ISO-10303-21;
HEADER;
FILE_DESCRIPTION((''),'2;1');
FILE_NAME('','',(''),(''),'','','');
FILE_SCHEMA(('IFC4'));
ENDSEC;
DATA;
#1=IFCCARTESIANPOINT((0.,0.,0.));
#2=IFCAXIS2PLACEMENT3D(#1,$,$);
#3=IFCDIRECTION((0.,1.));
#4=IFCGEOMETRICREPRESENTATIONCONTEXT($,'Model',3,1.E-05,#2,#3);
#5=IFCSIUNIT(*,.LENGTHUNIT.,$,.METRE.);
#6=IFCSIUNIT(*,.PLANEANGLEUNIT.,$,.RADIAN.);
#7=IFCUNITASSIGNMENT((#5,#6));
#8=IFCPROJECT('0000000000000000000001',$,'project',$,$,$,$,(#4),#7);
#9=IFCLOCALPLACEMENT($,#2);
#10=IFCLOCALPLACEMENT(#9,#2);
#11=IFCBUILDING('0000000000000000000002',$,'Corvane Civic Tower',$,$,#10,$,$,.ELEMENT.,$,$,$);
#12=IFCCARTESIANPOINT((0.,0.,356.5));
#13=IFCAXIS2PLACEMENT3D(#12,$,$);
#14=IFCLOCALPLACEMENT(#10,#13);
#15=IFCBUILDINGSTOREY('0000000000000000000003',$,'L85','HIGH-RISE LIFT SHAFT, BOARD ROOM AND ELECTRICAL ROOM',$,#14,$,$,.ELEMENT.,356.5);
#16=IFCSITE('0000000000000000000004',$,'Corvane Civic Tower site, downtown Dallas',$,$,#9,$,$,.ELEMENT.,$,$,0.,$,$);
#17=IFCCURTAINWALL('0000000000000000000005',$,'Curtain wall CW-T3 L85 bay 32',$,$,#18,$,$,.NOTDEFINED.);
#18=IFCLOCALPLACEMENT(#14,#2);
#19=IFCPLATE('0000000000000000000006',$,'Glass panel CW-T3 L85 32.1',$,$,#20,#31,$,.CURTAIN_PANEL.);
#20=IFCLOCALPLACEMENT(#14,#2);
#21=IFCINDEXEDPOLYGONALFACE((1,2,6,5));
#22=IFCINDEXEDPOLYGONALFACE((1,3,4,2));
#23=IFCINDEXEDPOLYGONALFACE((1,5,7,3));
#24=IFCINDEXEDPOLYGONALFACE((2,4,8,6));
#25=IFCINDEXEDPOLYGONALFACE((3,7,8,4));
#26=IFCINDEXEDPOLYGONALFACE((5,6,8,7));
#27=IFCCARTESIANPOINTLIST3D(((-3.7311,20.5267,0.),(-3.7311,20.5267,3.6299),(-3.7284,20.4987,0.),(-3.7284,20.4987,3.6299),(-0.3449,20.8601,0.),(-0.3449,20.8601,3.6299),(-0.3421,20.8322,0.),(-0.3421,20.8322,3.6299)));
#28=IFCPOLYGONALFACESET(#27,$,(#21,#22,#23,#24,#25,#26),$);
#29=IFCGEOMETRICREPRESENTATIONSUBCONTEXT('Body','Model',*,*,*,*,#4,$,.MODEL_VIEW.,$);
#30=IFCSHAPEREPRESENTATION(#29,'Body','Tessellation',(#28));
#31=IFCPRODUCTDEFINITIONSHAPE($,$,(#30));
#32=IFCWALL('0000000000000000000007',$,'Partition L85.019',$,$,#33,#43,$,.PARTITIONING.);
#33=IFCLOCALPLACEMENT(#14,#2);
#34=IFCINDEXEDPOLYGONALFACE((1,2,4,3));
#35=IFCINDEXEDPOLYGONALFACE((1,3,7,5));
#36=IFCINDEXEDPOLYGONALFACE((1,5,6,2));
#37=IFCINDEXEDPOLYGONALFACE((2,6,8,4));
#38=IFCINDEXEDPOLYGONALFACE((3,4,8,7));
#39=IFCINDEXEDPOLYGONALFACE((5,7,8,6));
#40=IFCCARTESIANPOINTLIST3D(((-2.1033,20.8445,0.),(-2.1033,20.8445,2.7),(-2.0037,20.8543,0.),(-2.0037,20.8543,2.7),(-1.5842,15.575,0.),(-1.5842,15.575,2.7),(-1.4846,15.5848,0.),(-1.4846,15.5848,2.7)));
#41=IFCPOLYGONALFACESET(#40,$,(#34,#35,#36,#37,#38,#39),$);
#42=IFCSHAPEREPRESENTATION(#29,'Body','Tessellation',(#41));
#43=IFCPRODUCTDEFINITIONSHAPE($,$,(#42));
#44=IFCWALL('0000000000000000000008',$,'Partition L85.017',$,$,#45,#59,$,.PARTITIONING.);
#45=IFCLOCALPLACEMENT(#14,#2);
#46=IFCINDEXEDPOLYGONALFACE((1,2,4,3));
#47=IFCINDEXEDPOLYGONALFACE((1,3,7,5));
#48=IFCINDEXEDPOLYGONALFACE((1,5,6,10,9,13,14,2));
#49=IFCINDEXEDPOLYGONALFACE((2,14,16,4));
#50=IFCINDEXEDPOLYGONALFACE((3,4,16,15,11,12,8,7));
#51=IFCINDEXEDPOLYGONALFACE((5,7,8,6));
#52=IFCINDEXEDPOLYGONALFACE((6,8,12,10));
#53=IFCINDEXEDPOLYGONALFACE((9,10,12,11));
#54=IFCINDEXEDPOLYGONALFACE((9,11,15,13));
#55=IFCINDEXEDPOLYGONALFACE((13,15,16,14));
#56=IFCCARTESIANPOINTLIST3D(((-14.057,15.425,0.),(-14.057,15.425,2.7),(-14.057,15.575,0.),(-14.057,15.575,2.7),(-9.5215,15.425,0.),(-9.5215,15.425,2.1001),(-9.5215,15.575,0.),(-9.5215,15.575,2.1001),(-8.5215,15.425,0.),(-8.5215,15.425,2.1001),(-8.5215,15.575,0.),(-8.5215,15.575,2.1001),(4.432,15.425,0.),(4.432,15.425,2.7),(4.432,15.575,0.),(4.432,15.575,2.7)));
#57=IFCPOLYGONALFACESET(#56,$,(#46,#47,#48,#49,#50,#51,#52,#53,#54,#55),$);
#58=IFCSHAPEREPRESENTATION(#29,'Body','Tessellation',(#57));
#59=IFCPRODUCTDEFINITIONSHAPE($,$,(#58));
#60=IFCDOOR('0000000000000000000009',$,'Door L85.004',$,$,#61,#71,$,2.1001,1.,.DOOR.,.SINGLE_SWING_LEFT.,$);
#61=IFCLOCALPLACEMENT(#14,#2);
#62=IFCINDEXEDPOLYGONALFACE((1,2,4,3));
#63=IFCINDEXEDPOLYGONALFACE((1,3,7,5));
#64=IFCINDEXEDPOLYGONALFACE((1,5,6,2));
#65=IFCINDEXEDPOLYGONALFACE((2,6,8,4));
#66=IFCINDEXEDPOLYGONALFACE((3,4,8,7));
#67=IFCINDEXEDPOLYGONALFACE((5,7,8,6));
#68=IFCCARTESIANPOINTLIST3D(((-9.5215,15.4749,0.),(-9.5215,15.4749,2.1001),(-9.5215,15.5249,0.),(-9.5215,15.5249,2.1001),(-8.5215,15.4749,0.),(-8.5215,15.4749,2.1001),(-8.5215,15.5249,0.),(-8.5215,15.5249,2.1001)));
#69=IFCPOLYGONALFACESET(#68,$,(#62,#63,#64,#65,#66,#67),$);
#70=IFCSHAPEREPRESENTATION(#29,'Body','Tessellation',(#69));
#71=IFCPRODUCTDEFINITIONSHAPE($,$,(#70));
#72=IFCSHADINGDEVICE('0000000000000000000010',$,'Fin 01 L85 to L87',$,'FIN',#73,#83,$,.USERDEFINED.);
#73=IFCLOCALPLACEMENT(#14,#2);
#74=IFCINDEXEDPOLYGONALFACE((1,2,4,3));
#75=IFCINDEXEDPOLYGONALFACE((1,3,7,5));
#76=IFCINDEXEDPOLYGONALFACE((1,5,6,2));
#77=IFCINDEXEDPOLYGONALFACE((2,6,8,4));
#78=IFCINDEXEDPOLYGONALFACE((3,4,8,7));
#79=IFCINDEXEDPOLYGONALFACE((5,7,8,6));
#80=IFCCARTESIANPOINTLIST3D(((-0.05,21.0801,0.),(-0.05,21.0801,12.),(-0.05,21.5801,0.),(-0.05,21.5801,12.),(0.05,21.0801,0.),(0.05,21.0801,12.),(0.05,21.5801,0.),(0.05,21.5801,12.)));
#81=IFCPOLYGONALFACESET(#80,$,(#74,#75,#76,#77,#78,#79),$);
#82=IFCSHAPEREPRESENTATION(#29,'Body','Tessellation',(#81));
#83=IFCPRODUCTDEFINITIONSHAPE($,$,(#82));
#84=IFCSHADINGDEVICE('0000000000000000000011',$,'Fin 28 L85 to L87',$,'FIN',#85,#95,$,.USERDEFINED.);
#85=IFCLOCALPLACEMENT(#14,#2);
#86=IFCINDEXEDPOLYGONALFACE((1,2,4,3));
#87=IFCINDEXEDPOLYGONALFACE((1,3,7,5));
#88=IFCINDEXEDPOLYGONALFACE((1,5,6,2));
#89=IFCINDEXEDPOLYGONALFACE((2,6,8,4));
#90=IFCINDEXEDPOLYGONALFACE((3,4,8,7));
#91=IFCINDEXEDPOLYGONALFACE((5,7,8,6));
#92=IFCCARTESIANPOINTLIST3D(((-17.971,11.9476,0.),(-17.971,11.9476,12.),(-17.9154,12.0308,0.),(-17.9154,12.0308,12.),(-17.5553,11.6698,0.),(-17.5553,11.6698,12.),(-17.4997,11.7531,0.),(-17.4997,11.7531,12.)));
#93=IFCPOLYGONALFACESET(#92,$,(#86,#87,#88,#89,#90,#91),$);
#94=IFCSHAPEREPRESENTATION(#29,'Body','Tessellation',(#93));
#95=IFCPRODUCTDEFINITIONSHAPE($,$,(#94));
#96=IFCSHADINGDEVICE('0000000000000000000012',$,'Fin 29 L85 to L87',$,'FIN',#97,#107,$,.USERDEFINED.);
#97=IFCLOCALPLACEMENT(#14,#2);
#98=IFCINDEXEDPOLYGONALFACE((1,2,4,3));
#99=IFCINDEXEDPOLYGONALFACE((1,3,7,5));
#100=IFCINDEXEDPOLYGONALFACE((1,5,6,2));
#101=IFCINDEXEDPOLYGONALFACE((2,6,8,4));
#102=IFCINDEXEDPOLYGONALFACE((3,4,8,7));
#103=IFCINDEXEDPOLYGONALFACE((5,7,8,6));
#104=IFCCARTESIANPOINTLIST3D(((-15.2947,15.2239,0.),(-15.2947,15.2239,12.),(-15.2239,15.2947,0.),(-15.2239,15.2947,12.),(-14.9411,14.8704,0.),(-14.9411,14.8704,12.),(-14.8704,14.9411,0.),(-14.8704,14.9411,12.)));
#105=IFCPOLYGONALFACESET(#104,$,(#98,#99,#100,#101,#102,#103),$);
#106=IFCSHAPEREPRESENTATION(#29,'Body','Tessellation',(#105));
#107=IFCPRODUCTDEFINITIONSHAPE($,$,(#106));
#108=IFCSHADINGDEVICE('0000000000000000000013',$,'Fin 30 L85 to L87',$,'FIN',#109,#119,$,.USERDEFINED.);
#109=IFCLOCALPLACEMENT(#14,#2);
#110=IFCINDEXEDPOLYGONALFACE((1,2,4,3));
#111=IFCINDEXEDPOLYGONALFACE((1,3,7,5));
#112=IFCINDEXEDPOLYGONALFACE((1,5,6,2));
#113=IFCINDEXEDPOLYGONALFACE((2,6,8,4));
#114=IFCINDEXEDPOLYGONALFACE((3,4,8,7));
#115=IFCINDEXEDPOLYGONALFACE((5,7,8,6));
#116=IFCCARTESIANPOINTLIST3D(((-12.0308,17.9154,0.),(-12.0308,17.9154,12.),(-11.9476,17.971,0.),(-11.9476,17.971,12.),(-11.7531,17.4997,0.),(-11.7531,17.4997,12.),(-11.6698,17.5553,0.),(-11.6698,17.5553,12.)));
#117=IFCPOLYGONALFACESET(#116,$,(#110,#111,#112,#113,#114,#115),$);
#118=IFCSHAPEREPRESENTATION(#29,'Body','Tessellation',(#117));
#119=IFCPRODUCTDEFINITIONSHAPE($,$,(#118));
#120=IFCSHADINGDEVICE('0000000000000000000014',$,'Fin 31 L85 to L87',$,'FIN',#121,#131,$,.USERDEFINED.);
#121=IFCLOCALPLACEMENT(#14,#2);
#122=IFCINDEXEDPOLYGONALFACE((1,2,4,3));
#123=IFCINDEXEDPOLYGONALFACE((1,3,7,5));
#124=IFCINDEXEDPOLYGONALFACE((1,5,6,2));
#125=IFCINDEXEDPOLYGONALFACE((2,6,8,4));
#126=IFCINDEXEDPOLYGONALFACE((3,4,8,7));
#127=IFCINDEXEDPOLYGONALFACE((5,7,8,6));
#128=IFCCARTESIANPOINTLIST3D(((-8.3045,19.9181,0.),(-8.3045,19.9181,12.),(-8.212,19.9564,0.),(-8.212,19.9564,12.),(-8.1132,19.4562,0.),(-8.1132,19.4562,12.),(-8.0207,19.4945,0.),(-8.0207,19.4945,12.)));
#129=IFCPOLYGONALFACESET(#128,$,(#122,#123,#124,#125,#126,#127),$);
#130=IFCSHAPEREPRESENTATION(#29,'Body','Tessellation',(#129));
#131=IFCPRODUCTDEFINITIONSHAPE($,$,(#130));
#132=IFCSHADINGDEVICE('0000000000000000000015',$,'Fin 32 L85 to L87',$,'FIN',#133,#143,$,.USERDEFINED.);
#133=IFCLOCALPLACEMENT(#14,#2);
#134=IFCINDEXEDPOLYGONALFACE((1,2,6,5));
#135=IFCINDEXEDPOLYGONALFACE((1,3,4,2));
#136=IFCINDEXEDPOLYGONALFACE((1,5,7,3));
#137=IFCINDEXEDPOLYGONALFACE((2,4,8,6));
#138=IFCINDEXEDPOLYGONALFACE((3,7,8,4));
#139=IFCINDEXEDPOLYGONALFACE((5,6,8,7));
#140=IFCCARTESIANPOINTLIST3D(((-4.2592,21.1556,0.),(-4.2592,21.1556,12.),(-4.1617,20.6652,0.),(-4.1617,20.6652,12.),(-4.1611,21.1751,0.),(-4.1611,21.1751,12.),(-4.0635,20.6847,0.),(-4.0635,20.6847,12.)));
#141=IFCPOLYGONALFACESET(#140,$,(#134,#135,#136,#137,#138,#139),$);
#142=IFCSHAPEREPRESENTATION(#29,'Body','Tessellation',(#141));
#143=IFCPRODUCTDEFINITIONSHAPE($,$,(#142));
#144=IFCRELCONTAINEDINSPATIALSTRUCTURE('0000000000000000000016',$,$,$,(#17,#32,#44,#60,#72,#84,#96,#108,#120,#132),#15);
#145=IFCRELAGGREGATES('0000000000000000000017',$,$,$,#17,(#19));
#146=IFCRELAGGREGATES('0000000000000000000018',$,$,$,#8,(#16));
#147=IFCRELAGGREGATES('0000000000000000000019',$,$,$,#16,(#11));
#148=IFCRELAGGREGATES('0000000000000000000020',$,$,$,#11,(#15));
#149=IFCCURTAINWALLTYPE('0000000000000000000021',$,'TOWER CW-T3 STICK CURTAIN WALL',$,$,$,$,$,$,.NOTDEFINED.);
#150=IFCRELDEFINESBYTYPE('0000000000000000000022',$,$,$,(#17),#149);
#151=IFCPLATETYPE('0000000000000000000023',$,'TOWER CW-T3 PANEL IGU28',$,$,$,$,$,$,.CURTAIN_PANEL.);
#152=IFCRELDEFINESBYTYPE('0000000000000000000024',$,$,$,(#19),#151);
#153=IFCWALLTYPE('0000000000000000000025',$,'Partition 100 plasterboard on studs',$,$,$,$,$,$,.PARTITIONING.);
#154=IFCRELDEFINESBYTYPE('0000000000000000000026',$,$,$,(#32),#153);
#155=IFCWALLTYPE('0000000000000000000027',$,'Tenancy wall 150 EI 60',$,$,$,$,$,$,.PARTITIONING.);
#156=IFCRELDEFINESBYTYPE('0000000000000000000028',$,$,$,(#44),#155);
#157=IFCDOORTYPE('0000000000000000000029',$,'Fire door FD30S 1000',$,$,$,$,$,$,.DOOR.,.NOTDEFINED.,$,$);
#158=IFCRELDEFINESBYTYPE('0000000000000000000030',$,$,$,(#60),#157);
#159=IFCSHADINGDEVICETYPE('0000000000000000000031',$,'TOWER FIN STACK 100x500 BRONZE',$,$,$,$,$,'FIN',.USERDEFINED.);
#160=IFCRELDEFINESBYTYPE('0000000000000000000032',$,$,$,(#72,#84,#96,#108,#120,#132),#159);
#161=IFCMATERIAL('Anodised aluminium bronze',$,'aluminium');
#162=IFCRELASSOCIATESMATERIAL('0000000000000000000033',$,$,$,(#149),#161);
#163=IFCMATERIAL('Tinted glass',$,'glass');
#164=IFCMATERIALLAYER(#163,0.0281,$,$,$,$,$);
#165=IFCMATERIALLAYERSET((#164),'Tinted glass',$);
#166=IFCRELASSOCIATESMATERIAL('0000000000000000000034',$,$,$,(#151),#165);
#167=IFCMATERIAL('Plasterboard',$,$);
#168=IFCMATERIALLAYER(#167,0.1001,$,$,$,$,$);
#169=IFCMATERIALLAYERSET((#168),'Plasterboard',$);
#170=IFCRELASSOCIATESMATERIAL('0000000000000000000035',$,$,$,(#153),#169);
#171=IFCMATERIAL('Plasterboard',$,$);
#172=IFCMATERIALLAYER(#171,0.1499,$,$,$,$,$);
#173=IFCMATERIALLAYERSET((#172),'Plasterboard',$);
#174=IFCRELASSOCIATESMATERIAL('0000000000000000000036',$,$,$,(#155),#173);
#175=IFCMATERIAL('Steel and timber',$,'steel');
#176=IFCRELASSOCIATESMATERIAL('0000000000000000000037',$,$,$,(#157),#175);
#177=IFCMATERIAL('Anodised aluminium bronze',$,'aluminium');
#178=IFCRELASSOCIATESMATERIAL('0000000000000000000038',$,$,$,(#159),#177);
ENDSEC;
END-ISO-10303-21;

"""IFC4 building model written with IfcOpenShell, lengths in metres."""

from ifc_helpers import new_model, si_unit, direction, frame, frame_2d, origin, origin_2d, place, context, subcontext, project, spatial, rectangle, extrude, material, layer, layer_set, material_profile, profile_set, type_object, element, fill, aggregate, save


model = new_model("IFC4")

# Units and contexts
model_context = context("Model", 3, precision=1e-05, world=origin(), true_north=direction((0.0, 1.0)))
body_context = subcontext(model_context, "Body", "Model", "MODEL_VIEW")
ifc_project = project(units=[si_unit("LENGTHUNIT", "METRE"), si_unit("PLANEANGLEUNIT", "RADIAN")], contexts=[model_context])

# Site, building, storey
site_placement = place(None, origin())
site = spatial("IfcSite", under=ifc_project, at=site_placement, Name="Corvane Civic Tower site, downtown Dallas", CompositionType="ELEMENT", RefElevation=0.0)
building_placement = place(site_placement, origin())
building = spatial("IfcBuilding", under=site, at=building_placement, Name="Corvane Civic Tower", CompositionType="ELEMENT")
storey_placement = place(building_placement, frame((0.0, 0.0, 356.5)))
storey = spatial("IfcBuildingStorey", under=building, at=storey_placement, Name="L85", Description="HIGH-RISE LIFT SHAFT, BOARD ROOM AND ELECTRICAL ROOM", CompositionType="ELEMENT", Elevation=356.5)

# Curtain wall
ifc_material_1 = material(Name="Anodised aluminium bronze", Category="aluminium")
curtain_wall_type = type_object("IfcCurtainWallType", Name="TOWER CW-T3 STICK CURTAIN WALL", PredefinedType="NOTDEFINED", material=ifc_material_1)
curtain_wall_1_placement = place(storey_placement, origin())
curtain_wall_1 = element("IfcCurtainWall", 1, at=curtain_wall_1_placement, inside=storey, type_object=curtain_wall_type, Name="Curtain wall CW-T3 L85 bay 32", PredefinedType="NOTDEFINED")

# Plate
ifc_material_2 = material(Name="Tinted glass", Category="glass")
ifc_layer_1 = layer(ifc_material_2, 0.0281)
ifc_layer_set_1 = layer_set([ifc_layer_1], Name="Tinted glass")
plate_type = type_object("IfcPlateType", Name="TOWER CW-T3 PANEL IGU28", PredefinedType="CURTAIN_PANEL", material=ifc_layer_set_1)
plate_1_placement = place(storey_placement, frame((-2.0366, 20.6794, 0.0), z_axis=(0.0, 0.0, 1.0), x_axis=(0.995187, 0.097998, 0.0)))
plate_1 = element("IfcPlate", 2, at=plate_1_placement, type_object=plate_type, Name="Glass panel CW-T3 L85 32.1", PredefinedType="CURTAIN_PANEL", context=body_context, shape_type="SweptSolid", body=[
    extrude(rectangle(XDim=3.4026, YDim=0.0281, at=origin_2d()), origin(), (0.0, 0.0, 1.0), 3.6299),
])
aggregate(curtain_wall_1, [plate_1])

# Wall
ifc_material_3 = material(Name="Plasterboard")
ifc_layer_2 = layer(ifc_material_3, 0.1001)
ifc_layer_set_2 = layer_set([ifc_layer_2], Name="Plasterboard")
wall_type_1 = type_object("IfcWallType", Name="Partition 100 plasterboard on studs", PredefinedType="PARTITIONING", material=ifc_layer_set_2)
wall_1_placement = place(storey_placement, frame((-2.0535, 20.8494, 0.0), z_axis=(0.0, 0.0, 1.0), x_axis=(0.098025, -0.995184, 0.0)))
element("IfcWall", 3, at=wall_1_placement, inside=storey, type_object=wall_type_1, Name="Partition L85.019", PredefinedType="PARTITIONING", context=body_context, shape_type="SweptSolid", body=[
    extrude(rectangle(XDim=5.2949, YDim=0.1001, at=frame_2d((2.6475, 0.0))), origin(), (0.0, 0.0, 1.0), 2.7),
])

# Wall, opening, door
ifc_material_4 = material(Name="Plasterboard")
ifc_layer_3 = layer(ifc_material_4, 0.1499)
ifc_layer_set_3 = layer_set([ifc_layer_3], Name="Plasterboard")
wall_type_2 = type_object("IfcWallType", Name="Tenancy wall 150 EI 60", PredefinedType="PARTITIONING", material=ifc_layer_set_3)
wall_2_placement = place(storey_placement, frame((-14.0571, 15.5, 0.0), z_axis=(0.0, 0.0, 1.0), x_axis=(1.0, 0.0, 0.0)))
wall_2 = element("IfcWall", 4, at=wall_2_placement, inside=storey, type_object=wall_type_2, Name="Partition L85.017", PredefinedType="PARTITIONING", context=body_context, shape_type="SweptSolid", body=[
    extrude(rectangle(XDim=18.489, YDim=0.1499, at=frame_2d((9.2446, 0.0))), origin(), (0.0, 0.0, 1.0), 2.7),
])
opening_placement = place(wall_2_placement, frame((4.5356, 0.0, 0.0)))
opening = element("IfcOpeningElement", 5, at=opening_placement, cuts=wall_2, PredefinedType="OPENING", context=body_context, shape_type="SweptSolid", body=[
    extrude(rectangle(XDim=1.0, YDim=2.1001, at=frame_2d((0.5, 1.05))), frame((0.0, 0.085, 0.0), z_axis=(0.0, -1.0, 0.0), x_axis=(1.0, 0.0, 0.0)), (0.0, 0.0, 1.0), 0.1699),
])
ifc_material_5 = material(Name="Steel and timber", Category="steel")
door_type = type_object("IfcDoorType", Name="Fire door FD30S 1000", OperationType="NOTDEFINED", PredefinedType="DOOR", material=ifc_material_5)
door_placement = place(opening_placement, origin())
door = element("IfcDoor", 6, at=door_placement, inside=storey, type_object=door_type, Name="Door L85.004", OperationType="SINGLE_SWING_LEFT", OverallHeight=2.1001, OverallWidth=1.0, PredefinedType="DOOR", context=body_context, shape_type="SweptSolid", body=[
    extrude(rectangle(XDim=1.0, YDim=2.1001, at=frame_2d((0.5, 1.05))), frame((0.0, 0.0249, 0.0), z_axis=(0.0, -1.0, 0.0), x_axis=(1.0, 0.0, 0.0)), (0.0, 0.0, 1.0), 0.05),
])
fill(opening, door)

# Shading devices
ifc_material_6 = material(Name="Anodised aluminium bronze", Category="aluminium")
ifc_material_profile_1 = material_profile(ifc_material_6, rectangle(XDim=0.1001, YDim=0.5, at=origin_2d()), Name="TOWER FIN STACK 100x500 BRONZE")
ifc_profile_set_1 = profile_set([ifc_material_profile_1], Name="Anodised aluminium bronze")
shading_device_type = type_object("IfcShadingDeviceType", Name="TOWER FIN STACK 100x500 BRONZE", ElementType="FIN", PredefinedType="USERDEFINED", material=ifc_profile_set_1)
for number, where, z_axis, x_axis, name in (
    (7, (0.0, 21.3301, 0.0), (0.0, 0.0, 1.0), (1.0, 0.0, 0.0), "Fin 01 L85 to L87"),
    (8, (-17.7354, 11.8503, 0.0), (0.0, 0.0, 1.0), (0.55557, 0.83147, 0.0), "Fin 28 L85 to L87"),
    (9, (-15.0825, 15.0825, 0.0), (0.0, 0.0, 1.0), (0.707107, 0.707107, 0.0), "Fin 29 L85 to L87"),
    (10, (-11.8503, 17.7354, 0.0), (0.0, 0.0, 1.0), (0.83147, 0.55557, 0.0), "Fin 30 L85 to L87"),
    (11, (-8.1626, 19.7063, 0.0), (0.0, 0.0, 1.0), (0.92388, 0.382683, 0.0), "Fin 31 L85 to L87"),
    (12, (-4.1614, 20.9202, 0.0), (0.0, 0.0, 1.0), (0.980785, 0.19509, 0.0), "Fin 32 L85 to L87"),
):
    element("IfcShadingDevice", number, at=place(storey_placement, frame(where, z_axis=z_axis, x_axis=x_axis)), inside=storey, type_object=shading_device_type, Name=name, ObjectType="FIN", PredefinedType="USERDEFINED", context=body_context, shape_type="SweptSolid", body=[
        extrude(rectangle(XDim=0.1001, YDim=0.5, at=origin_2d()), origin(), (0.0, 0.0, 1.0), 12.0),
    ])

save(model, "model.ifc")
